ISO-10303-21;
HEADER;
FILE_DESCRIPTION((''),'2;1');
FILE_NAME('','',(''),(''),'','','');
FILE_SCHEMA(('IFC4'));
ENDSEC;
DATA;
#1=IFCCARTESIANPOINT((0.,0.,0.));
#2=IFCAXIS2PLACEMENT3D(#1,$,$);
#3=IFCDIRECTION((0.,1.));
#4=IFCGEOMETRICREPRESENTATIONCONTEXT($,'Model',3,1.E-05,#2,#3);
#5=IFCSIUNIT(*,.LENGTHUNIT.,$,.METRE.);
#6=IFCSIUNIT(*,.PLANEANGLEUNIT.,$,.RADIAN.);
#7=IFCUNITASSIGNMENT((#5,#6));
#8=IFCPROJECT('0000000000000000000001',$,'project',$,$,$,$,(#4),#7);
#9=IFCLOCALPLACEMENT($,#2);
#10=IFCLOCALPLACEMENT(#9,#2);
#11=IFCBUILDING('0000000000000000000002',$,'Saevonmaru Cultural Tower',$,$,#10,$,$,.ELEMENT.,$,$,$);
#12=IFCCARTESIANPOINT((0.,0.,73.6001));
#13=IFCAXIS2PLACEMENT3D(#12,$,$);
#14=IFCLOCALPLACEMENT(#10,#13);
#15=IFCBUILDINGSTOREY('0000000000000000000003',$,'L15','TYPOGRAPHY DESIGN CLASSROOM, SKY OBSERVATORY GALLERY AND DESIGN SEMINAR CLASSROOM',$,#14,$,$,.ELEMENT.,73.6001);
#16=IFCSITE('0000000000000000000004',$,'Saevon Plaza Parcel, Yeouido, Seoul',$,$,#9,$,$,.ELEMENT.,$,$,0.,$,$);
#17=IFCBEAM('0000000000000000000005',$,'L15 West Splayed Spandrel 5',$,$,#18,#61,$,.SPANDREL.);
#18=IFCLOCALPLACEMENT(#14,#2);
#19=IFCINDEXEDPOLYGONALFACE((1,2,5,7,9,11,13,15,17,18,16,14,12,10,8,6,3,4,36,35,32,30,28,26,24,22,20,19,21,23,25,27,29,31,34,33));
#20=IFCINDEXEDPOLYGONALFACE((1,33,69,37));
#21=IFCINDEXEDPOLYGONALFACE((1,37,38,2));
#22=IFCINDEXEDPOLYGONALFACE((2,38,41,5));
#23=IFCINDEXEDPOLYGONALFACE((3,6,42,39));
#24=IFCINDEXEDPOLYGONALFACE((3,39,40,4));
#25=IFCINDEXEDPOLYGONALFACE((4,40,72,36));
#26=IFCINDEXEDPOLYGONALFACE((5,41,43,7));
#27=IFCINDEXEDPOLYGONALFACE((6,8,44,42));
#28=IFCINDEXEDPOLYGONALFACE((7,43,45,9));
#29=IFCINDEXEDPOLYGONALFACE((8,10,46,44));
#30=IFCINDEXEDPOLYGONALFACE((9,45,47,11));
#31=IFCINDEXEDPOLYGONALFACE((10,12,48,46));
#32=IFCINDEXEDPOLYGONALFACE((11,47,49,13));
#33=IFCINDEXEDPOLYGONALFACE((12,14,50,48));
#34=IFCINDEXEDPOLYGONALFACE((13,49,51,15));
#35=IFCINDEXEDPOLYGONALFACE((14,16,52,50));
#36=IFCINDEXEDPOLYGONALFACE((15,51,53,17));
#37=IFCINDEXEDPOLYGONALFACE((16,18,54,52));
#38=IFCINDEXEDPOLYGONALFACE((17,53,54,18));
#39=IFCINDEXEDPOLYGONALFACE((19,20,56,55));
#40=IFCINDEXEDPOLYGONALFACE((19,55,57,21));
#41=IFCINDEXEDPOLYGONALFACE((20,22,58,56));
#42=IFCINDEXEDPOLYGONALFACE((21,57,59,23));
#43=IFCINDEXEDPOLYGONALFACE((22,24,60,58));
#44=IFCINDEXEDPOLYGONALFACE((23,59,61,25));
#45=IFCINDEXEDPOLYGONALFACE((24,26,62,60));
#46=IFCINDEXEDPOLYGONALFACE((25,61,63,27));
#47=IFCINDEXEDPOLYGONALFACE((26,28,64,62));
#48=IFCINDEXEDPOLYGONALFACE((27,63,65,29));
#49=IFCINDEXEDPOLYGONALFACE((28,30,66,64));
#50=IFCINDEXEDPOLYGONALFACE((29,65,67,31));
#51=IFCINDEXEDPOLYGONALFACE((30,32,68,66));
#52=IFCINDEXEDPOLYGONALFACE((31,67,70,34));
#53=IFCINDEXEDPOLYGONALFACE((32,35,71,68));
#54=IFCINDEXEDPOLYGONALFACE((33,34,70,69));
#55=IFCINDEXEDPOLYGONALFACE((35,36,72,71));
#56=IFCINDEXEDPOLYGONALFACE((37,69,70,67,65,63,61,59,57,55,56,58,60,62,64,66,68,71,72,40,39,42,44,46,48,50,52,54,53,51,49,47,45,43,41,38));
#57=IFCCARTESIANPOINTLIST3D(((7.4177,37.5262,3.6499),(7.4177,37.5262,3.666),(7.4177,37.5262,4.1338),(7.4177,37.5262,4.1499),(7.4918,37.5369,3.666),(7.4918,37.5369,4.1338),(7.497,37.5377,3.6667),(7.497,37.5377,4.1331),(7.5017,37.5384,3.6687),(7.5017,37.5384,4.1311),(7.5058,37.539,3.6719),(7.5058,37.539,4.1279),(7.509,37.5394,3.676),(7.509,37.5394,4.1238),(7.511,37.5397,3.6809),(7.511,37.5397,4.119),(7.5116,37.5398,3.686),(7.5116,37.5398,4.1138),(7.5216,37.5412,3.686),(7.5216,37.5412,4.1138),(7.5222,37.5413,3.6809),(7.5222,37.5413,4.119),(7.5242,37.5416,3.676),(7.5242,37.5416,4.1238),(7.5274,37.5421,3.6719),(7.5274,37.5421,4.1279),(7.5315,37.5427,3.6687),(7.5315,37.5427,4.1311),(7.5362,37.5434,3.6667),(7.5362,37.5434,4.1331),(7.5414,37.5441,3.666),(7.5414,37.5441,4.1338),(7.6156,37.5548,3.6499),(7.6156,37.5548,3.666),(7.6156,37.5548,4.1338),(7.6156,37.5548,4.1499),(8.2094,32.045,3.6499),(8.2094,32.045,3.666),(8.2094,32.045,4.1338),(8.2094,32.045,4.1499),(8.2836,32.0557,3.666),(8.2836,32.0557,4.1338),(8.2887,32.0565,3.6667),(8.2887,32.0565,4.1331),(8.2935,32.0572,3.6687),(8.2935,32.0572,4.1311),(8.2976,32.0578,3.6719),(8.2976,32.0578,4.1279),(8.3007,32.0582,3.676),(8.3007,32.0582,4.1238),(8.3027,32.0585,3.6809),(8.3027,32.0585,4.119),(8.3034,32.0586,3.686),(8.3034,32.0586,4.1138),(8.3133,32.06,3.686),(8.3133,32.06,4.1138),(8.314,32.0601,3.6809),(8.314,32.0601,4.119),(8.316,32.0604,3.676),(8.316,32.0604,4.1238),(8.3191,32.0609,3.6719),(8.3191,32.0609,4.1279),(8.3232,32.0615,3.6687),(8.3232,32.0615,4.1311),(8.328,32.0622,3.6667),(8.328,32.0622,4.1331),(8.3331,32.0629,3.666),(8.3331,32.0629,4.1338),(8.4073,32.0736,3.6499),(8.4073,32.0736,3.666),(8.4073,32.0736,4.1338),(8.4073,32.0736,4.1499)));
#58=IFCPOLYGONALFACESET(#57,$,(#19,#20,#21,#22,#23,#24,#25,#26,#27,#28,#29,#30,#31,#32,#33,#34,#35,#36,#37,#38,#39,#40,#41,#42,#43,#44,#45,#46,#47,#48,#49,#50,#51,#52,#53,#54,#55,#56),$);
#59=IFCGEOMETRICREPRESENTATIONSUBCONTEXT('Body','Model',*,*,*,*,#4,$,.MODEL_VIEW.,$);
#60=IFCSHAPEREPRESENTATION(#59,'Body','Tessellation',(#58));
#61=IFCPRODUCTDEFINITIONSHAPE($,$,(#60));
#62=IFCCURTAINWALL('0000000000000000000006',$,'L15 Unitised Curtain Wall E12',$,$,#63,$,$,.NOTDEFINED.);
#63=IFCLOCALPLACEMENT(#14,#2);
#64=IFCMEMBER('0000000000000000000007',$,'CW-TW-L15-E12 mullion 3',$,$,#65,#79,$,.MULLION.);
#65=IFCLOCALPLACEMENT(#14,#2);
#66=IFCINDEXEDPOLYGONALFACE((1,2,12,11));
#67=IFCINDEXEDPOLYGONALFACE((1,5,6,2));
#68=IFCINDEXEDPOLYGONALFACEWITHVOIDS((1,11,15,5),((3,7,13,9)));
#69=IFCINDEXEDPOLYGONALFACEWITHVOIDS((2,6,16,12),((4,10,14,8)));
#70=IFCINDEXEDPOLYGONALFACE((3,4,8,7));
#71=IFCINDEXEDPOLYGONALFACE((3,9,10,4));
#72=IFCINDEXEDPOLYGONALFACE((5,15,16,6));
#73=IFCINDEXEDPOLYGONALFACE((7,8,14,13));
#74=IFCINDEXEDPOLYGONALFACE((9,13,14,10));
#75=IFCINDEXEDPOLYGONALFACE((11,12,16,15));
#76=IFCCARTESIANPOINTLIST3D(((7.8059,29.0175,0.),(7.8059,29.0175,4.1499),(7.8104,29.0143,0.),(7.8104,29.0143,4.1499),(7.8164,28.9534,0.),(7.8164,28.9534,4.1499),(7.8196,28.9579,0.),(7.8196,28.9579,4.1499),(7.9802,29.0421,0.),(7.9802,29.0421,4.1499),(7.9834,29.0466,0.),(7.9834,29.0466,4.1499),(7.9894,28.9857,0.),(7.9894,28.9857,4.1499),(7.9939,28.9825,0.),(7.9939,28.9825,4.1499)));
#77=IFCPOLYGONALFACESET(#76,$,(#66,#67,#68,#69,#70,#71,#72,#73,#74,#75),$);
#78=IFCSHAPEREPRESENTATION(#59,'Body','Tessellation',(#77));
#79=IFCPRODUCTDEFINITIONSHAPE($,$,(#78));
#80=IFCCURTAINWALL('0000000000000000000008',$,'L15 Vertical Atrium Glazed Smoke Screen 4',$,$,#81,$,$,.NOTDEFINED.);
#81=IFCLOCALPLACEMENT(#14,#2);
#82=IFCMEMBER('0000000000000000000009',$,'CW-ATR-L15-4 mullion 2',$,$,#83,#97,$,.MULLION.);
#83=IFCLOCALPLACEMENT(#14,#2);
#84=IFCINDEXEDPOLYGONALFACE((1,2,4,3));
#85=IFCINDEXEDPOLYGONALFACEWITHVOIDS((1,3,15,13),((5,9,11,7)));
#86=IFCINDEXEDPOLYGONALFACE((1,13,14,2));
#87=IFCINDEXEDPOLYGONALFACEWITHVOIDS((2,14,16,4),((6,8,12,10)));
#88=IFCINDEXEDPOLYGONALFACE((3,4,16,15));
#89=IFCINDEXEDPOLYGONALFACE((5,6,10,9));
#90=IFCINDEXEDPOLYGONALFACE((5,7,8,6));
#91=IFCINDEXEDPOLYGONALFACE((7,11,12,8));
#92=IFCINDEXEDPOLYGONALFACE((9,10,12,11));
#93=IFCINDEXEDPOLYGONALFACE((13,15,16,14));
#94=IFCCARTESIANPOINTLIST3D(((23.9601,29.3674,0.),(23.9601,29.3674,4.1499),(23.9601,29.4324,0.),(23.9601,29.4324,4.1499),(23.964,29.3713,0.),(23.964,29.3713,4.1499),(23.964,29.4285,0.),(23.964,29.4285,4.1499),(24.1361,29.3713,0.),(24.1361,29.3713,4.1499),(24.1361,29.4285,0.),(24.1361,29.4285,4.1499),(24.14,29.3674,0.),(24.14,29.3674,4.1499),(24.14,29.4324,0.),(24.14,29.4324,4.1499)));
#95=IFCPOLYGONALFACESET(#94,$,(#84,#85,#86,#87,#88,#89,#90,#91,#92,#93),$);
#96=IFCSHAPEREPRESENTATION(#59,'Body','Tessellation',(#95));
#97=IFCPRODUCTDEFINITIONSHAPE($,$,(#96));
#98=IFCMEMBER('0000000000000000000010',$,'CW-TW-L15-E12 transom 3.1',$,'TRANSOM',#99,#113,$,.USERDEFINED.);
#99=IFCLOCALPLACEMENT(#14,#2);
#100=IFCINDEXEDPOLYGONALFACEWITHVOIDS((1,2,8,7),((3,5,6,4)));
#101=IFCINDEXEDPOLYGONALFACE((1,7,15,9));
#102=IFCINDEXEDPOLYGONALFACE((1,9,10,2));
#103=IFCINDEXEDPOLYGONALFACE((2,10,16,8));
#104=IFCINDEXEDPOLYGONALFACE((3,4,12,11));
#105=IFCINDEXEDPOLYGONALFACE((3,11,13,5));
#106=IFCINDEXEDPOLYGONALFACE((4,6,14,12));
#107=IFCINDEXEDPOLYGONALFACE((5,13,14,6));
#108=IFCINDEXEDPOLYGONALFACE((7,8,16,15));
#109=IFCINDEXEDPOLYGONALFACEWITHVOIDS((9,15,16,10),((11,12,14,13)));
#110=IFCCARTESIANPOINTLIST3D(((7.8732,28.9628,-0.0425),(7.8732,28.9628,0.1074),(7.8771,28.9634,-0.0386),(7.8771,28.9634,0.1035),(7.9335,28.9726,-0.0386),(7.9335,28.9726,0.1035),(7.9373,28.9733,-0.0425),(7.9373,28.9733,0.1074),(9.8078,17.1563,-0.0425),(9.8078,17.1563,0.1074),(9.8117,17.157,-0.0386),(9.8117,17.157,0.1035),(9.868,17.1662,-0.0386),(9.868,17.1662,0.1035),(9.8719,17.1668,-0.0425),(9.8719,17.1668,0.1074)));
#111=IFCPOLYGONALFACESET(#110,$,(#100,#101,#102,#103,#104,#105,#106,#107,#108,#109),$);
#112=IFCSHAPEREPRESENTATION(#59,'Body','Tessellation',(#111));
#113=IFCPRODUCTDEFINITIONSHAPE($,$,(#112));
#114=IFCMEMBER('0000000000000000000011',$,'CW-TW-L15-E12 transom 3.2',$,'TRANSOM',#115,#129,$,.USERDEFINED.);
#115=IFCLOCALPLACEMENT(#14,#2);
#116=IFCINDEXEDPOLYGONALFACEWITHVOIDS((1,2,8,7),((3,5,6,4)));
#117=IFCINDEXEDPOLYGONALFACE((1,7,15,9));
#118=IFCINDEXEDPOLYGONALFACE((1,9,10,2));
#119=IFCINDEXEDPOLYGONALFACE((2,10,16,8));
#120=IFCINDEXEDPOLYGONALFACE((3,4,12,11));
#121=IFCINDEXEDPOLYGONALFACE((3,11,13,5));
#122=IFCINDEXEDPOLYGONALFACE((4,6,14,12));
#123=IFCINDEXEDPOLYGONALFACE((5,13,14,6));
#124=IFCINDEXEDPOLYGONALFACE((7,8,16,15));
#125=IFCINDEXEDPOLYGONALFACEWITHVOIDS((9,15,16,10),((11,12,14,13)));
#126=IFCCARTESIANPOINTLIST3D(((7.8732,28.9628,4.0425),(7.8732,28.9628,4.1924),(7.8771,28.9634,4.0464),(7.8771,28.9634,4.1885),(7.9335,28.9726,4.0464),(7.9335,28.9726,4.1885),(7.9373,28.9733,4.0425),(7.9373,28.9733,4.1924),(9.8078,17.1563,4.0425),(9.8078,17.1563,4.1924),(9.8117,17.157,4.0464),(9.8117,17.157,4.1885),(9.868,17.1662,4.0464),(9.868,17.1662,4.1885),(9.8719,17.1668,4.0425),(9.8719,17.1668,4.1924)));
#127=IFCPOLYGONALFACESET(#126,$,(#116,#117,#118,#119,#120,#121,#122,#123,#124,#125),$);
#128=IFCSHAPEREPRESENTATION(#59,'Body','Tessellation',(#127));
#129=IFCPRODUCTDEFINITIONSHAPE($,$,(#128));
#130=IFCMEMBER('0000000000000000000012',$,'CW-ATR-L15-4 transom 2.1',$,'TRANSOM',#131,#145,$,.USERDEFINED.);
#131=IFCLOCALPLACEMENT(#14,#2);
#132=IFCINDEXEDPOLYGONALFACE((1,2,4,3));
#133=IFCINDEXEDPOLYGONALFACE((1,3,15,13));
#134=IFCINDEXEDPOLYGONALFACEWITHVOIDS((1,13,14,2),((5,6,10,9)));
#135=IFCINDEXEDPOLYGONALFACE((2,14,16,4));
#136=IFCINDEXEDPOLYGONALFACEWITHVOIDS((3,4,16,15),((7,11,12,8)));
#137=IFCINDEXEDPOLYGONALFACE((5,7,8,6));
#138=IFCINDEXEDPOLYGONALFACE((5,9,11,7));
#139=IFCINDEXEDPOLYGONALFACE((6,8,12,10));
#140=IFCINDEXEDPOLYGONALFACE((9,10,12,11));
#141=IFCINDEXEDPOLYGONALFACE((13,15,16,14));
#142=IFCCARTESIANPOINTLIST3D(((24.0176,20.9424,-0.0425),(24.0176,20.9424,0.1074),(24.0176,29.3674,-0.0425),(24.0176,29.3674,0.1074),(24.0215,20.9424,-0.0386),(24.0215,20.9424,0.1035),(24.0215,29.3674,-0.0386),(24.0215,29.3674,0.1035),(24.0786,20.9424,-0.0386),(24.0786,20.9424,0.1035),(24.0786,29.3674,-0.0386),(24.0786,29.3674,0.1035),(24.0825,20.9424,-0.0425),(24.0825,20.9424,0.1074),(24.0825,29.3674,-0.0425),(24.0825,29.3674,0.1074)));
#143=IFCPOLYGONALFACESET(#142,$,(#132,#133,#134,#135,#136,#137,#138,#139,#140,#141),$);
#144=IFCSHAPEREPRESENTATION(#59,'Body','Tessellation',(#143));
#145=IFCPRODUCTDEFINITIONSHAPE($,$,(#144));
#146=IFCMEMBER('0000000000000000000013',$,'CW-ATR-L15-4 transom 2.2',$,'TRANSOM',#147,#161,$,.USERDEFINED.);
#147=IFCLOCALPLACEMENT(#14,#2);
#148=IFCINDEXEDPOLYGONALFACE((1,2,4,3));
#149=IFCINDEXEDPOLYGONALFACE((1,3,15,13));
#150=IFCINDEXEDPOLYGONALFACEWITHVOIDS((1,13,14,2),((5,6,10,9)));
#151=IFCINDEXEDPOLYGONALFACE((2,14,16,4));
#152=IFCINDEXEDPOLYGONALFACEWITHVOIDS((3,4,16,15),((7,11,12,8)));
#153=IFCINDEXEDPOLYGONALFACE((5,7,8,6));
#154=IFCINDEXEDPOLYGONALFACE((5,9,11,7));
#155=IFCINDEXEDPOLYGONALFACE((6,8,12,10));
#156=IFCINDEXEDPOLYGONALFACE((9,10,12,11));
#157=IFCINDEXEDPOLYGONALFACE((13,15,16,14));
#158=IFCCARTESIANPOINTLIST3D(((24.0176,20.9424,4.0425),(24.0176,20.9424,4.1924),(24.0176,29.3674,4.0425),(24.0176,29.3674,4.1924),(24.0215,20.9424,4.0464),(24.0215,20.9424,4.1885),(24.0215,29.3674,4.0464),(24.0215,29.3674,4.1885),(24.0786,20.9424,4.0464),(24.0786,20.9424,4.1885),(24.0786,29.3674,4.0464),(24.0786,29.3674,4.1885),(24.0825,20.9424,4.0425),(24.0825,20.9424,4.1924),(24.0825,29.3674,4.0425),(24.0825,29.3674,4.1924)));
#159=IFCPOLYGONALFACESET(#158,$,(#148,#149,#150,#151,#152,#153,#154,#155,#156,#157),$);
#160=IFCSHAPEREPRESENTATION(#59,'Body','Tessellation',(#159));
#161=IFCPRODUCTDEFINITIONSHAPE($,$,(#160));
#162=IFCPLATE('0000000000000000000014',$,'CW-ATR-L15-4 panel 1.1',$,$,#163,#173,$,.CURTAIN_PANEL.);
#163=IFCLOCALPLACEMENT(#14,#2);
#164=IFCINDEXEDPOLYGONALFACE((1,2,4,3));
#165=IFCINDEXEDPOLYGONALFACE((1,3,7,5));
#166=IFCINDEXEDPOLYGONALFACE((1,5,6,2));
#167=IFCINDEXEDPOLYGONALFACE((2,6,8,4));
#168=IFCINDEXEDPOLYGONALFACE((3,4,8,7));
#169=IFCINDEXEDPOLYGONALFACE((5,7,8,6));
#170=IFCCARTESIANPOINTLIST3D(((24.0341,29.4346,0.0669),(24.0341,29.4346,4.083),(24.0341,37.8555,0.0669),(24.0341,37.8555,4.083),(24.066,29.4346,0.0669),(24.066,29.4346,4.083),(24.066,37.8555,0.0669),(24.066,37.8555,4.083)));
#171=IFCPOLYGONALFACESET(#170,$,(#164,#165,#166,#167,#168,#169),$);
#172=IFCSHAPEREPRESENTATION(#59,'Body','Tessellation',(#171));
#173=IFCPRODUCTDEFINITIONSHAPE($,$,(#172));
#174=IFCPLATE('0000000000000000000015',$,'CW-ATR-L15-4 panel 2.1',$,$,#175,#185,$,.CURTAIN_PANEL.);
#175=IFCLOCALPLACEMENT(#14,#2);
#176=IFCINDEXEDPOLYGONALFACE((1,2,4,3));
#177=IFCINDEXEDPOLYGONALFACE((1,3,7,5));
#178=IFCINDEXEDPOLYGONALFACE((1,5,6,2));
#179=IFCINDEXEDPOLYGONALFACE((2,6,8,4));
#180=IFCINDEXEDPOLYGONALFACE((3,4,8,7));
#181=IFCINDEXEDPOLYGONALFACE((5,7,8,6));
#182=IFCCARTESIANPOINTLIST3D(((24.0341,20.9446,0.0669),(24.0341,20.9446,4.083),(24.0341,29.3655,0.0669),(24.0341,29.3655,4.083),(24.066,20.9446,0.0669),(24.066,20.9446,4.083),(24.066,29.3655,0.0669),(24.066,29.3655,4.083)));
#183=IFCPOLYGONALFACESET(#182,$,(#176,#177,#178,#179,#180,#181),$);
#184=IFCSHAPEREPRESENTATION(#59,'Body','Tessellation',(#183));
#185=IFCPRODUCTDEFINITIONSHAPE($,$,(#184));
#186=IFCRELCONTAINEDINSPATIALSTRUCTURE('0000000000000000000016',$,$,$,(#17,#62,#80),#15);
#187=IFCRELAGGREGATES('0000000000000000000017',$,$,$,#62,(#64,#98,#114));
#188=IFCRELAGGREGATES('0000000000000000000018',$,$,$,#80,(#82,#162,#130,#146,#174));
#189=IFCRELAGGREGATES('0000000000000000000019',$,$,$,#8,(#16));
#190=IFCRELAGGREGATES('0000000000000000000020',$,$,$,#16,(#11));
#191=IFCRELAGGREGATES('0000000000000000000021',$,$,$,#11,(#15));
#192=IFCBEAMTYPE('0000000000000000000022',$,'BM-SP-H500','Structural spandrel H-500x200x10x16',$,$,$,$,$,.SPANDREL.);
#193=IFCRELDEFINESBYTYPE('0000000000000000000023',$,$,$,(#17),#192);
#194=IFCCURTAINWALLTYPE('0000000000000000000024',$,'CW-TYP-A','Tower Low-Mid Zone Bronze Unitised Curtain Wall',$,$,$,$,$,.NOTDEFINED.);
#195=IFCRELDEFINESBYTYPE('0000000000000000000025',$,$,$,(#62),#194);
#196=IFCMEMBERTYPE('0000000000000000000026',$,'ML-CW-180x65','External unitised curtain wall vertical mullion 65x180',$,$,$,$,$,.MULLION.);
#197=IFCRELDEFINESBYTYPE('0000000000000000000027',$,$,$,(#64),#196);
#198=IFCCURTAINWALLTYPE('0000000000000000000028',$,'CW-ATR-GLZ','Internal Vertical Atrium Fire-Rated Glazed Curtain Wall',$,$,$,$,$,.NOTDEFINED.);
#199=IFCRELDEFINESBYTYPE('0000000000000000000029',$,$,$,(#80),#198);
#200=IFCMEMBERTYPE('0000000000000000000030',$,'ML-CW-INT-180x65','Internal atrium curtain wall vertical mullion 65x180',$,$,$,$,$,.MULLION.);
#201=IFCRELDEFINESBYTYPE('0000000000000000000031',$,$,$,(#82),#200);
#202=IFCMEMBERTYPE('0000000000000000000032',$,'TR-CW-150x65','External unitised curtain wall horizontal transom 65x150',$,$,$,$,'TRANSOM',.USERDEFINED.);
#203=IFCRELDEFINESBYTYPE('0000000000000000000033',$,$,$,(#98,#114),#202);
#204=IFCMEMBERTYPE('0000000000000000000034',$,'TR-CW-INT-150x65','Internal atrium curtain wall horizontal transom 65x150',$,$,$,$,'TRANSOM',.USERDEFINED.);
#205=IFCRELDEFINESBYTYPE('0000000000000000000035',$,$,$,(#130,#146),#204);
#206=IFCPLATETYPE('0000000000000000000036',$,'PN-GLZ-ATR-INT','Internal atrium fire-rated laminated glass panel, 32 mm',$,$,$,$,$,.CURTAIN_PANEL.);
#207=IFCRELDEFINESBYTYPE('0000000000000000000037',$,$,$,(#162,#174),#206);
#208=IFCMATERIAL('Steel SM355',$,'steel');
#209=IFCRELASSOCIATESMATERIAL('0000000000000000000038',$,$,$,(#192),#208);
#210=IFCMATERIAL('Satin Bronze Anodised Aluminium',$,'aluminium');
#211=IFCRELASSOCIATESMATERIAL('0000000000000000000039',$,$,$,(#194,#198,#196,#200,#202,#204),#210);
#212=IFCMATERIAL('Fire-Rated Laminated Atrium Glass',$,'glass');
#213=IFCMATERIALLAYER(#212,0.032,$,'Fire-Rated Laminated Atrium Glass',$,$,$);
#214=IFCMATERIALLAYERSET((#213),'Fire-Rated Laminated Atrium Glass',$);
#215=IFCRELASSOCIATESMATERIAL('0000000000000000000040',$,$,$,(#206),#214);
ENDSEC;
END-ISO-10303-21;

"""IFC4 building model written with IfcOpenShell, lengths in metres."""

from ifc_helpers import new_model, si_unit, direction, frame, origin, origin_2d, place, context, subcontext, project, spatial, rectangle, hollow_rectangle, i_section, extrude, material, layer, layer_set, material_profile, profile_set, type_object, element, aggregate, save


model = new_model("IFC4")

# Units and contexts
model_context = context("Model", 3, precision=1e-05, world=origin(), true_north=direction((0.0, 1.0)))
body_context = subcontext(model_context, "Body", "Model", "MODEL_VIEW")
ifc_project = project(units=[si_unit("LENGTHUNIT", "METRE"), si_unit("PLANEANGLEUNIT", "RADIAN")], contexts=[model_context])

# Site, building, storey
site_placement = place(None, origin())
site = spatial("IfcSite", under=ifc_project, at=site_placement, Name="Saevon Plaza Parcel, Yeouido, Seoul", CompositionType="ELEMENT", RefElevation=0.0)
building_placement = place(site_placement, origin())
building = spatial("IfcBuilding", under=site, at=building_placement, Name="Saevonmaru Cultural Tower", CompositionType="ELEMENT")
storey_placement = place(building_placement, frame((0.0, 0.0, 73.6001)))
storey = spatial("IfcBuildingStorey", under=building, at=storey_placement, Name="L15", Description="TYPOGRAPHY DESIGN CLASSROOM, SKY OBSERVATORY GALLERY AND DESIGN SEMINAR CLASSROOM", CompositionType="ELEMENT", Elevation=73.6001)

# Beam
ifc_material_1 = material(Name="Steel SM355", Category="steel")
ifc_material_profile_1 = material_profile(ifc_material_1, i_section(OverallWidth=0.2, OverallDepth=0.5, WebThickness=0.01, FlangeThickness=0.0161, FilletRadius=0.02, at=origin_2d()), Name="H-500x200x10x16")
ifc_profile_set_1 = profile_set([ifc_material_profile_1], Name="Steel SM355")
beam_type_1 = type_object("IfcBeamType", Name="BM-SP-H500", Description="Structural spandrel H-500x200x10x16", PredefinedType="SPANDREL", material=ifc_profile_set_1)
beam_1_placement = place(storey_placement, frame((8.3083, 32.0593, 3.8999), z_axis=(-0.142964, 0.989728, 0.0), x_axis=(-0.989728, -0.142964, 0.0)))
element("IfcBeam", 1, at=beam_1_placement, inside=storey, type_object=beam_type_1, Name="L15 West Splayed Spandrel 5", PredefinedType="SPANDREL", context=body_context, shape_type="SweptSolid", body=[
    extrude(i_section(OverallWidth=0.2, OverallDepth=0.5, WebThickness=0.01, FlangeThickness=0.0161, FilletRadius=0.02, at=origin_2d()), origin(), (0.0, 0.0, 1.0), 5.5381),
])

# Curtain walls, members
ifc_material_2 = material(Name="Satin Bronze Anodised Aluminium", Category="aluminium")
curtain_wall_type_1 = type_object("IfcCurtainWallType", Name="CW-TYP-A", Description="Tower Low-Mid Zone Bronze Unitised Curtain Wall", PredefinedType="NOTDEFINED", material=ifc_material_2)
curtain_wall_1_placement = place(storey_placement, origin())
curtain_wall_1 = element("IfcCurtainWall", 2, at=curtain_wall_1_placement, inside=storey, type_object=curtain_wall_type_1, Name="L15 Unitised Curtain Wall E12", PredefinedType="NOTDEFINED")
ifc_material_profile_2 = material_profile(ifc_material_2, hollow_rectangle(XDim=0.0649, YDim=0.1799, WallThickness=0.0039, at=origin_2d()), Name="ALU-MULL-180x65x4")
ifc_profile_set_2 = profile_set([ifc_material_profile_2], Name="Satin Bronze Anodised Aluminium")
member_type_1 = type_object("IfcMemberType", Name="ML-CW-180x65", Description="External unitised curtain wall vertical mullion 65x180", PredefinedType="MULLION", material=ifc_profile_set_2)
member_1_placement = place(storey_placement, frame((7.8999, 29.0, 0.0), z_axis=(0.0, 0.0, 1.0), x_axis=(0.161709, -0.986839, 0.0)))
member_1 = element("IfcMember", 3, at=member_1_placement, type_object=member_type_1, Name="CW-TW-L15-E12 mullion 3", PredefinedType="MULLION", context=body_context, shape_type="SweptSolid", body=[
    extrude(hollow_rectangle(XDim=0.0649, YDim=0.1799, WallThickness=0.0039, at=origin_2d()), origin(), (0.0, 0.0, 1.0), 4.1499),
])
curtain_wall_type_2 = type_object("IfcCurtainWallType", Name="CW-ATR-GLZ", Description="Internal Vertical Atrium Fire-Rated Glazed Curtain Wall", PredefinedType="NOTDEFINED", material=ifc_material_2)
curtain_wall_2_placement = place(storey_placement, origin())
curtain_wall_2 = element("IfcCurtainWall", 4, at=curtain_wall_2_placement, inside=storey, type_object=curtain_wall_type_2, Name="L15 Vertical Atrium Glazed Smoke Screen 4", PredefinedType="NOTDEFINED")
ifc_material_profile_3 = material_profile(ifc_material_2, hollow_rectangle(XDim=0.0649, YDim=0.1799, WallThickness=0.0039, at=origin_2d()), Name="ALU-MULL-180x65x4")
ifc_profile_set_3 = profile_set([ifc_material_profile_3], Name="Satin Bronze Anodised Aluminium")
member_type_2 = type_object("IfcMemberType", Name="ML-CW-INT-180x65", Description="Internal atrium curtain wall vertical mullion 65x180", PredefinedType="MULLION", material=ifc_profile_set_3)
member_2_placement = place(storey_placement, frame((24.05, 29.3999, 0.0), z_axis=(0.0, 0.0, 1.0), x_axis=(0.0, -1.0, 0.0)))
member_2 = element("IfcMember", 5, at=member_2_placement, type_object=member_type_2, Name="CW-ATR-L15-4 mullion 2", PredefinedType="MULLION", context=body_context, shape_type="SweptSolid", body=[
    extrude(hollow_rectangle(XDim=0.0649, YDim=0.1799, WallThickness=0.0039, at=origin_2d()), origin(), (0.0, 0.0, 1.0), 4.1499),
])

# Members
ifc_material_profile_4 = material_profile(ifc_material_2, hollow_rectangle(XDim=0.0649, YDim=0.1499, WallThickness=0.0039, at=origin_2d()), Name="ALU-TRAN-150x65x4")
ifc_profile_set_4 = profile_set([ifc_material_profile_4], Name="Satin Bronze Anodised Aluminium")
member_type_3 = type_object("IfcMemberType", Name="TR-CW-150x65", Description="External unitised curtain wall horizontal transom 65x150", ElementType="TRANSOM", PredefinedType="USERDEFINED", material=ifc_profile_set_4)
member_3_placement = place(storey_placement, frame((7.9053, 28.968, 0.0325), z_axis=(0.161701, -0.98684, 0.0), x_axis=(0.98684, 0.161701, 0.0)))
member_3 = element("IfcMember", 6, at=member_3_placement, type_object=member_type_3, Name="CW-TW-L15-E12 transom 3.1", ObjectType="TRANSOM", PredefinedType="USERDEFINED", context=body_context, shape_type="SweptSolid", body=[
    extrude(hollow_rectangle(XDim=0.0649, YDim=0.1499, WallThickness=0.0039, at=origin_2d()), origin(), (0.0, 0.0, 1.0), 11.9639),
])
member_4_placement = place(storey_placement, frame((7.9053, 28.968, 4.1174), z_axis=(0.161701, -0.98684, 0.0), x_axis=(0.98684, 0.161701, 0.0)))
member_4 = element("IfcMember", 7, at=member_4_placement, type_object=member_type_3, Name="CW-TW-L15-E12 transom 3.2", ObjectType="TRANSOM", PredefinedType="USERDEFINED", context=body_context, shape_type="SweptSolid", body=[
    extrude(hollow_rectangle(XDim=0.0649, YDim=0.1499, WallThickness=0.0039, at=origin_2d()), origin(), (0.0, 0.0, 1.0), 11.9639),
])
aggregate(curtain_wall_1, [member_1, member_3, member_4])
ifc_material_profile_5 = material_profile(ifc_material_2, hollow_rectangle(XDim=0.0649, YDim=0.1499, WallThickness=0.0039, at=origin_2d()), Name="ALU-TRAN-150x65x4")
ifc_profile_set_5 = profile_set([ifc_material_profile_5], Name="Satin Bronze Anodised Aluminium")
member_type_4 = type_object("IfcMemberType", Name="TR-CW-INT-150x65", Description="Internal atrium curtain wall horizontal transom 65x150", ElementType="TRANSOM", PredefinedType="USERDEFINED", material=ifc_profile_set_5)
member_5_placement = place(storey_placement, frame((24.05, 29.3674, 0.0325), z_axis=(0.0, -1.0, 0.0), x_axis=(1.0, 0.0, 0.0)))
member_5 = element("IfcMember", 8, at=member_5_placement, type_object=member_type_4, Name="CW-ATR-L15-4 transom 2.1", ObjectType="TRANSOM", PredefinedType="USERDEFINED", context=body_context, shape_type="SweptSolid", body=[
    extrude(hollow_rectangle(XDim=0.0649, YDim=0.1499, WallThickness=0.0039, at=origin_2d()), origin(), (0.0, 0.0, 1.0), 8.425),
])
member_6_placement = place(storey_placement, frame((24.05, 29.3674, 4.1174), z_axis=(0.0, -1.0, 0.0), x_axis=(1.0, 0.0, 0.0)))
member_6 = element("IfcMember", 9, at=member_6_placement, type_object=member_type_4, Name="CW-ATR-L15-4 transom 2.2", ObjectType="TRANSOM", PredefinedType="USERDEFINED", context=body_context, shape_type="SweptSolid", body=[
    extrude(hollow_rectangle(XDim=0.0649, YDim=0.1499, WallThickness=0.0039, at=origin_2d()), origin(), (0.0, 0.0, 1.0), 8.425),
])

# Plates
ifc_material_3 = material(Name="Fire-Rated Laminated Atrium Glass", Category="glass")
ifc_layer_1 = layer(ifc_material_3, 0.032, Name="Fire-Rated Laminated Atrium Glass")
ifc_layer_set_1 = layer_set([ifc_layer_1], Name="Fire-Rated Laminated Atrium Glass")
plate_type = type_object("IfcPlateType", Name="PN-GLZ-ATR-INT", Description="Internal atrium fire-rated laminated glass panel, 32 mm", PredefinedType="CURTAIN_PANEL", material=ifc_layer_set_1)
plate_1_placement = place(storey_placement, frame((24.05, 33.645, 0.0669), z_axis=(0.0, 0.0, 1.0), x_axis=(0.0, -1.0, 0.0)))
plate_1 = element("IfcPlate", 10, at=plate_1_placement, type_object=plate_type, Name="CW-ATR-L15-4 panel 1.1", PredefinedType="CURTAIN_PANEL", context=body_context, shape_type="SweptSolid", body=[
    extrude(rectangle(XDim=8.4209, YDim=0.032, at=origin_2d()), origin(), (0.0, 0.0, 1.0), 4.0161),
])
plate_2_placement = place(storey_placement, frame((24.05, 25.155, 0.0669), z_axis=(0.0, 0.0, 1.0), x_axis=(0.0, -1.0, 0.0)))
plate_2 = element("IfcPlate", 11, at=plate_2_placement, type_object=plate_type, Name="CW-ATR-L15-4 panel 2.1", PredefinedType="CURTAIN_PANEL", context=body_context, shape_type="SweptSolid", body=[
    extrude(rectangle(XDim=8.4209, YDim=0.032, at=origin_2d()), origin(), (0.0, 0.0, 1.0), 4.0161),
])
aggregate(curtain_wall_2, [member_2, plate_1, member_5, member_6, plate_2])

save(model, "model.ifc")
